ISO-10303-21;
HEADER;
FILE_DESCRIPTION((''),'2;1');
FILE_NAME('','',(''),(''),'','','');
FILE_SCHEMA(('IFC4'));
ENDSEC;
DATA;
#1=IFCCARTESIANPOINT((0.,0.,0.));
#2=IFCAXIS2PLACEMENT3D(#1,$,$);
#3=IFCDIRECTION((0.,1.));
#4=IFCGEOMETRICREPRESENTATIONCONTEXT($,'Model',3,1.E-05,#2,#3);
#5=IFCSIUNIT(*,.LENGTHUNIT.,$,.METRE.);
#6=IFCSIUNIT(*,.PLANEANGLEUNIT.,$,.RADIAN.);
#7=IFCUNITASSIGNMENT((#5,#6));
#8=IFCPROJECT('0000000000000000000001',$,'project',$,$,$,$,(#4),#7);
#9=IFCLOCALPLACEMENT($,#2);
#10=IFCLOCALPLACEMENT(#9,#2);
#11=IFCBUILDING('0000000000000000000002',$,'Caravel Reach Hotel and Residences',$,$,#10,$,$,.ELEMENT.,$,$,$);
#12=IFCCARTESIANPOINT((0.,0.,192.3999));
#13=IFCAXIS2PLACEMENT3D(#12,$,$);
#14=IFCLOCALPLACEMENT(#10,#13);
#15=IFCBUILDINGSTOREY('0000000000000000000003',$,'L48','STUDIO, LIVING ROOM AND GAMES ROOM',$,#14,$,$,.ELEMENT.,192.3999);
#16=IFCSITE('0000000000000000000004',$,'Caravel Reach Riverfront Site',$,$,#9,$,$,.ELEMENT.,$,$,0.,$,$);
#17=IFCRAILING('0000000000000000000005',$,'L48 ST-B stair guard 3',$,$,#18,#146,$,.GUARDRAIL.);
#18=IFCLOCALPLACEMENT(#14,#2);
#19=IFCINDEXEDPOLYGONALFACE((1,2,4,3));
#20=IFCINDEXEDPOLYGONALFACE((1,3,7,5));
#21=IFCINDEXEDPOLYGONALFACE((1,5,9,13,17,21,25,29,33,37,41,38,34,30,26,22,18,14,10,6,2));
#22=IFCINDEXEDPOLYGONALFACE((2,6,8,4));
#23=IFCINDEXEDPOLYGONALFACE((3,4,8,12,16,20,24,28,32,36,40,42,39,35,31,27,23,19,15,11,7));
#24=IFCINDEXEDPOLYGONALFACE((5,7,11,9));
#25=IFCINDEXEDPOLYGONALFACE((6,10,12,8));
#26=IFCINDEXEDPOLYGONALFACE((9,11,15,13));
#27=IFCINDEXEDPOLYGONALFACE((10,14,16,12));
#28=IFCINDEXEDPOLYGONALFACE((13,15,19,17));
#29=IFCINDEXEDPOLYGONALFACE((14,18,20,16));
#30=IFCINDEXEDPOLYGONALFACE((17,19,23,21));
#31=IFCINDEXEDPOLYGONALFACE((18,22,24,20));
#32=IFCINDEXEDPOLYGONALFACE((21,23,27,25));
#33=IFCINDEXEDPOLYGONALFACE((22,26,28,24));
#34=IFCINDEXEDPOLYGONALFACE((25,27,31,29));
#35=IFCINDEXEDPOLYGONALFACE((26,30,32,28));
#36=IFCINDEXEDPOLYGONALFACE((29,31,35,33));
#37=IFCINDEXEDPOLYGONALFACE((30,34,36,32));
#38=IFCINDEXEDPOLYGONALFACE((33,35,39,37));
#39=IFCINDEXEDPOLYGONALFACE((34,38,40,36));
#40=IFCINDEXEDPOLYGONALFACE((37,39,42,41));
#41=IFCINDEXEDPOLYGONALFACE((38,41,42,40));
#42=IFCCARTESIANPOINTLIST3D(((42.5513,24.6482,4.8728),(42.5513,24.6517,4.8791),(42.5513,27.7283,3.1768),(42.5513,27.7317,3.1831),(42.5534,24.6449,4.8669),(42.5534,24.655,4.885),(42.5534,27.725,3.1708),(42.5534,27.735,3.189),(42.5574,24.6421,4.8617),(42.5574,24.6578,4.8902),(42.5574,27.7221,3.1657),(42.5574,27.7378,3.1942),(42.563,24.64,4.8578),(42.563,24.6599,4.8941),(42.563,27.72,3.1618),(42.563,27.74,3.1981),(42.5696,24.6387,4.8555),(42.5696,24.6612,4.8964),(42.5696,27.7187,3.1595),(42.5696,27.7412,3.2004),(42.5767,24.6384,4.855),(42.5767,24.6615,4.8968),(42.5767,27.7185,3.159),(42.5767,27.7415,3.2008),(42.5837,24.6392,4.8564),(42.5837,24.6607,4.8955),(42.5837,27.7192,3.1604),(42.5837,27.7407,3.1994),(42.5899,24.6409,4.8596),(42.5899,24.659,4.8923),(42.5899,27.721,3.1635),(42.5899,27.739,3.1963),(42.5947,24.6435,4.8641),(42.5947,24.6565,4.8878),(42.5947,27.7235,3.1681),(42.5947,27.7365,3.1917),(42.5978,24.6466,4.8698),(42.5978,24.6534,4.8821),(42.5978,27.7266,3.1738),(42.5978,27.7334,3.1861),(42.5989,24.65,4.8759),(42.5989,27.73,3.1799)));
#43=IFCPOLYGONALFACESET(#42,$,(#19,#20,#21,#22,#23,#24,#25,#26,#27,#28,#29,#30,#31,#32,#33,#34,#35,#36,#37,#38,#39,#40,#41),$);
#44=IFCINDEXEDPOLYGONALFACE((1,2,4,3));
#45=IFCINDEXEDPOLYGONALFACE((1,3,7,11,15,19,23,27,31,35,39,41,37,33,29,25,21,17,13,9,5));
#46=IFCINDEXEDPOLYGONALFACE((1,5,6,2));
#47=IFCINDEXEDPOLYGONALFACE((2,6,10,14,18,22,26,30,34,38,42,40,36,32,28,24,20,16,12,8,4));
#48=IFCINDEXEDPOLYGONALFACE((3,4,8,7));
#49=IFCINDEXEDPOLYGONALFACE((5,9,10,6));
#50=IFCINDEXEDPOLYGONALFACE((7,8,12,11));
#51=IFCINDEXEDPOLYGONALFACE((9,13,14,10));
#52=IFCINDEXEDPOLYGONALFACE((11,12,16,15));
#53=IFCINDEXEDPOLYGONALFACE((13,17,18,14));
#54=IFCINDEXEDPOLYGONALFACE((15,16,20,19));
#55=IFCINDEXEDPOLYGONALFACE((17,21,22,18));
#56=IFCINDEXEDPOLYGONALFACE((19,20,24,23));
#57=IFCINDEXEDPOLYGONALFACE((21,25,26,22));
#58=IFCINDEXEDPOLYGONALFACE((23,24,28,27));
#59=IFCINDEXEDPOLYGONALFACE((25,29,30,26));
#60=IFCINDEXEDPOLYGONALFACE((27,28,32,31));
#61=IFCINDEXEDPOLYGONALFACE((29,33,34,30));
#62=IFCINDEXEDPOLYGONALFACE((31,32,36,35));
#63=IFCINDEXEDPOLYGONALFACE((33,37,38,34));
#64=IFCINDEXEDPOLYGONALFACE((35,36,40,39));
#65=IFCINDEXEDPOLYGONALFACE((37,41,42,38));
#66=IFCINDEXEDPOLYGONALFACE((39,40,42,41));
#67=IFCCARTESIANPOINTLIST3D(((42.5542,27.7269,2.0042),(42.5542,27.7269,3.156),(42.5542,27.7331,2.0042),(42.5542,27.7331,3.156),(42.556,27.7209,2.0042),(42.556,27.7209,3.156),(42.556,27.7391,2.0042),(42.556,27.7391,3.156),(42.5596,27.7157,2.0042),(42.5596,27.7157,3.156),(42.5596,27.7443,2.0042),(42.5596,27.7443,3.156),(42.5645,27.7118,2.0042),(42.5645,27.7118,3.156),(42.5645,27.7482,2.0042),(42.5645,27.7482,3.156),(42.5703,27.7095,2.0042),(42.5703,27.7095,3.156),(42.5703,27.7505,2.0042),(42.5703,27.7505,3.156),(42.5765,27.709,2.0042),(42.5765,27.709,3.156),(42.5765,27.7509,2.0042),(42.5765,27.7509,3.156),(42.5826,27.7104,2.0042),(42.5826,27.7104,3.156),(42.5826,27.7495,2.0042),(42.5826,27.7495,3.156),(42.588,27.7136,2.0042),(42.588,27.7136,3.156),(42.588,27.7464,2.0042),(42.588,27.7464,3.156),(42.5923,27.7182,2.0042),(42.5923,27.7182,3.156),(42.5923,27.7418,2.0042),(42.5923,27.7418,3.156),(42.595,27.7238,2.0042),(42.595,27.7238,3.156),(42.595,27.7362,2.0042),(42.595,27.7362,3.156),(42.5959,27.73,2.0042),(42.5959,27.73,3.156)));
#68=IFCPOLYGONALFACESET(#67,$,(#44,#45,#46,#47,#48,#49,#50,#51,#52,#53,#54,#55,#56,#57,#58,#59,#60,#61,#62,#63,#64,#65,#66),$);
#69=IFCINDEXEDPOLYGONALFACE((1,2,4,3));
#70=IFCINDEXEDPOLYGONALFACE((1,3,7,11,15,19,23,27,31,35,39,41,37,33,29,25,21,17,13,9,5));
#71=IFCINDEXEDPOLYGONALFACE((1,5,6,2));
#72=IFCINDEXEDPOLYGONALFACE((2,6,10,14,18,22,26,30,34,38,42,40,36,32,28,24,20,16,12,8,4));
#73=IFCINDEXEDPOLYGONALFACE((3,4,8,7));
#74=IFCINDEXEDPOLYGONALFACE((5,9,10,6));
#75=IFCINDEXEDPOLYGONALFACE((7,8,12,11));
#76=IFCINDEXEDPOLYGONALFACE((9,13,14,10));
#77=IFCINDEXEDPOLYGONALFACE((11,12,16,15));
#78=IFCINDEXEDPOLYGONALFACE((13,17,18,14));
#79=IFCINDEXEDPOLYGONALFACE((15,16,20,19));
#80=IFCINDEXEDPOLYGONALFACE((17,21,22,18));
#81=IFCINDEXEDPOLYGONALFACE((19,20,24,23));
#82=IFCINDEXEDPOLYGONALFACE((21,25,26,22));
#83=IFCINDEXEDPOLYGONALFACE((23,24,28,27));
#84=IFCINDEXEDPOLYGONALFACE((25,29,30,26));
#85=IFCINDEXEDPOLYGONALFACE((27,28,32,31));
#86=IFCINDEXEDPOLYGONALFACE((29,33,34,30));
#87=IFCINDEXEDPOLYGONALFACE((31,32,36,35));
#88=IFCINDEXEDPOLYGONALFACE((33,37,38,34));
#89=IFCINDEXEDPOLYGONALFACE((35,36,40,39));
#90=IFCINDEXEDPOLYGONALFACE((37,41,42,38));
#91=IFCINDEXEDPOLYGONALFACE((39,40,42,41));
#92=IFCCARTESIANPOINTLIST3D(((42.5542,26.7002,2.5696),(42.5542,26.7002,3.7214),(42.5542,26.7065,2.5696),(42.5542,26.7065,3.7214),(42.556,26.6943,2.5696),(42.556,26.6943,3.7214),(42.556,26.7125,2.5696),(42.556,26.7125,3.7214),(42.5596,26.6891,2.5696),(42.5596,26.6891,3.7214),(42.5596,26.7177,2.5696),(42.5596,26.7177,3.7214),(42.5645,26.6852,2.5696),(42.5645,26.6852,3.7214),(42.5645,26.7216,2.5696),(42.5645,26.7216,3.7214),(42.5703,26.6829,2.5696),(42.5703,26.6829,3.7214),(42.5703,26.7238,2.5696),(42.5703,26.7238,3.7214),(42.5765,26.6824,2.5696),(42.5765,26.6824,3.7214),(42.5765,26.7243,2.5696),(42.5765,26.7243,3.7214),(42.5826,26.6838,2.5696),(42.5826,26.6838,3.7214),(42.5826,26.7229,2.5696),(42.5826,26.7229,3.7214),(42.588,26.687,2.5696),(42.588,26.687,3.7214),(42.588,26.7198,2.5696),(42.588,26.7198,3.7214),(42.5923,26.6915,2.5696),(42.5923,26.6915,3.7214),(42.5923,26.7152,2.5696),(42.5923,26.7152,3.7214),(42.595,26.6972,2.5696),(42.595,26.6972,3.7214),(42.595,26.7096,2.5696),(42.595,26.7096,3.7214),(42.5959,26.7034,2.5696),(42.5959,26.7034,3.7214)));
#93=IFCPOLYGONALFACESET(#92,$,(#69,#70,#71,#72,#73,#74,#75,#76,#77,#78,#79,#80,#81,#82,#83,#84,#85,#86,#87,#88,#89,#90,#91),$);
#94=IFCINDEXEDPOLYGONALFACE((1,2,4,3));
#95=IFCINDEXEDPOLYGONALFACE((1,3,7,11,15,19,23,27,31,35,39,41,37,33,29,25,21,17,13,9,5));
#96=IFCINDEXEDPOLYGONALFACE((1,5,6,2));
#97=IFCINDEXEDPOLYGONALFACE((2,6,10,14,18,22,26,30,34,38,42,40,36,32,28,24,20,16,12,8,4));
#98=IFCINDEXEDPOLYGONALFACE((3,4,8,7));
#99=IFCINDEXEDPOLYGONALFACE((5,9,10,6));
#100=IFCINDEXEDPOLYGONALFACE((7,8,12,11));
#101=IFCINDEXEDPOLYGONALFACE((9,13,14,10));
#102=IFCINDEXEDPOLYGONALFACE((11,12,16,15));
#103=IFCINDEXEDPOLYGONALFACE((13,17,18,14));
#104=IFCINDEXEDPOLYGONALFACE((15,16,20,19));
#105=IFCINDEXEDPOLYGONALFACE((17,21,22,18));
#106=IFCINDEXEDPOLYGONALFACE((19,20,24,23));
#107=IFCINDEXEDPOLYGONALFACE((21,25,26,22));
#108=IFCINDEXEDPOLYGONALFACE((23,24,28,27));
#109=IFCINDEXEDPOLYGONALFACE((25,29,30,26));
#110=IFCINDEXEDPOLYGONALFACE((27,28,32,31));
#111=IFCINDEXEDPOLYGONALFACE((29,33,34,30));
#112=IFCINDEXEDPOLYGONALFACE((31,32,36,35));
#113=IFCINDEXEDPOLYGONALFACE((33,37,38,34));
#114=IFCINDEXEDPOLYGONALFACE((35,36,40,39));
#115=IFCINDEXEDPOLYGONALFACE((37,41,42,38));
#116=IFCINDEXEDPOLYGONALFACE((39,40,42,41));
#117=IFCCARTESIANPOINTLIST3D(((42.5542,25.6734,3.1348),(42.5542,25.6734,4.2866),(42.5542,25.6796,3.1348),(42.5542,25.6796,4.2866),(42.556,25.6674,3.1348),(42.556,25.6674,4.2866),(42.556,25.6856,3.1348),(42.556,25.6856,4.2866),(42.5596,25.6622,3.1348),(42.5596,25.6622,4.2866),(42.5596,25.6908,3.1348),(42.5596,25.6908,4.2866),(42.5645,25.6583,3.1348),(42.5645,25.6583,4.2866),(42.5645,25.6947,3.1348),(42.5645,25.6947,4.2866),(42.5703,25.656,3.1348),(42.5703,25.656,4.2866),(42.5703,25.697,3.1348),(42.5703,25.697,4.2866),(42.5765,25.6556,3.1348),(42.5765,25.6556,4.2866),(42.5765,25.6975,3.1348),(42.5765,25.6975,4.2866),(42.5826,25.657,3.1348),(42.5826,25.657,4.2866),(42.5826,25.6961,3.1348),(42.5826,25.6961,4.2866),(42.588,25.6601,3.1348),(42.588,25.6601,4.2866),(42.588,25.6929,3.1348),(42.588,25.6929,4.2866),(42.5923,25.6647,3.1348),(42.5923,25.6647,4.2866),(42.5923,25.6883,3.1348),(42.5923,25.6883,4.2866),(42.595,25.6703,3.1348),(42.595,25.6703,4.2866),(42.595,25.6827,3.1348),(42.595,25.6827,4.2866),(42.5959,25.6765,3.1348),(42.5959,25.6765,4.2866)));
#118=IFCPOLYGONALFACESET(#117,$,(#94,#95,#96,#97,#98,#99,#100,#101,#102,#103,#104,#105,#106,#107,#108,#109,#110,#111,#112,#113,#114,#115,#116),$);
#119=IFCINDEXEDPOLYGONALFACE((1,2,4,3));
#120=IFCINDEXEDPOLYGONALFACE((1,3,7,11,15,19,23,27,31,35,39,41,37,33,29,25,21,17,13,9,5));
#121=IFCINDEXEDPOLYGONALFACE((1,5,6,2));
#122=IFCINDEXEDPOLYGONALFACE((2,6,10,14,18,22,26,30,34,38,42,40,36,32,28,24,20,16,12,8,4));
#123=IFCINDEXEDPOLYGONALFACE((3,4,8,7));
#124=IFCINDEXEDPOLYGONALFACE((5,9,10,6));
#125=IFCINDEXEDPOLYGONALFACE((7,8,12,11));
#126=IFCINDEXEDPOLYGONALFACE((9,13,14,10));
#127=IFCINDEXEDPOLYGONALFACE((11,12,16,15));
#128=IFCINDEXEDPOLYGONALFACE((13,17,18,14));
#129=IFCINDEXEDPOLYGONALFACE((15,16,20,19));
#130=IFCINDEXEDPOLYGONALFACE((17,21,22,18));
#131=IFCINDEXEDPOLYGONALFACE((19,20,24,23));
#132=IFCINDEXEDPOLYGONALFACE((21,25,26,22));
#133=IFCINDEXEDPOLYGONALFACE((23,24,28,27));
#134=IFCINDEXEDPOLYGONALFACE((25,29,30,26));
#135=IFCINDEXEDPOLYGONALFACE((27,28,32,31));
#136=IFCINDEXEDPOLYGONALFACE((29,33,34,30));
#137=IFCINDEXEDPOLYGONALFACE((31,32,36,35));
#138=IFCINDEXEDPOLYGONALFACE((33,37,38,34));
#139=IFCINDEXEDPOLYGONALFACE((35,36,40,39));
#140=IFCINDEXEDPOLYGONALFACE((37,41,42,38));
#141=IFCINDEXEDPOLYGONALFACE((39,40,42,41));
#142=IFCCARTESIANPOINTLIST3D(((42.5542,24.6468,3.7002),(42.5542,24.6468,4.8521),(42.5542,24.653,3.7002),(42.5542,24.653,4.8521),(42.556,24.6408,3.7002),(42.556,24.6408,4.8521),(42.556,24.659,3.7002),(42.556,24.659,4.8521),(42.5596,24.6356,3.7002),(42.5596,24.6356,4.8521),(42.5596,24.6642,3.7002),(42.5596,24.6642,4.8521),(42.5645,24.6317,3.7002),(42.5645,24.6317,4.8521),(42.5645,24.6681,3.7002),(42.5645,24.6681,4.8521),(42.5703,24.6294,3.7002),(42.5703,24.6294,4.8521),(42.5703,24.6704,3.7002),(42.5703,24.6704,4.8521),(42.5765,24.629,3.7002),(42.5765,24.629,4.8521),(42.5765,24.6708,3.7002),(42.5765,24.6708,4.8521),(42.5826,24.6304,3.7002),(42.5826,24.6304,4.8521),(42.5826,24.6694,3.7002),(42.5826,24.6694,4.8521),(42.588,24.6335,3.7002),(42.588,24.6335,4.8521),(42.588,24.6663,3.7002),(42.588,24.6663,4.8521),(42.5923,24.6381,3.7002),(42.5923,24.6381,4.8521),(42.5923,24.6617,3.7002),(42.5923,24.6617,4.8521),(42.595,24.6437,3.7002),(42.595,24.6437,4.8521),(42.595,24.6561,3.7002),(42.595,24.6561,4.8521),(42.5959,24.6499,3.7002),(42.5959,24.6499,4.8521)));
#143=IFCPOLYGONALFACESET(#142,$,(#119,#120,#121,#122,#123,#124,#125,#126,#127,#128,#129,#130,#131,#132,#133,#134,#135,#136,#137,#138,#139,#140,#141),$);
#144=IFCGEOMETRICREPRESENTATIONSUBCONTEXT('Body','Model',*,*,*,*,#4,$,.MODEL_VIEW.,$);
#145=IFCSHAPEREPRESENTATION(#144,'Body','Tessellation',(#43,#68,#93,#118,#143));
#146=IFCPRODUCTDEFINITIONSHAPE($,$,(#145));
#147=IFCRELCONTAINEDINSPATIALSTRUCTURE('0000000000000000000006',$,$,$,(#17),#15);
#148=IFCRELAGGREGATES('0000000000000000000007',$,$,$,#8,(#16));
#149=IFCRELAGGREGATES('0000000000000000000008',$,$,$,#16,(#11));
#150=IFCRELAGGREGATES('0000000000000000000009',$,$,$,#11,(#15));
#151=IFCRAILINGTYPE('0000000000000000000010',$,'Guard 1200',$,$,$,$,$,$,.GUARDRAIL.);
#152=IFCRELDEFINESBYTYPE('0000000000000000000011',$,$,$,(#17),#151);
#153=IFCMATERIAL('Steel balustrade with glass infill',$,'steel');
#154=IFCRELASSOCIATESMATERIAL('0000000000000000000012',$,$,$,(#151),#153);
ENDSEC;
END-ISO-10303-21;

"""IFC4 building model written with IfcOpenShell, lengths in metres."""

from ifc_helpers import new_model, si_unit, direction, frame, origin, origin_2d, place, context, subcontext, project, spatial, circle, extrude, material, type_object, element, save


model = new_model("IFC4")

# Units and contexts
model_context = context("Model", 3, precision=1e-05, world=origin(), true_north=direction((0.0, 1.0)))
body_context = subcontext(model_context, "Body", "Model", "MODEL_VIEW")
ifc_project = project(units=[si_unit("LENGTHUNIT", "METRE"), si_unit("PLANEANGLEUNIT", "RADIAN")], contexts=[model_context])

# Site, building, storey
site_placement = place(None, origin())
site = spatial("IfcSite", under=ifc_project, at=site_placement, Name="Caravel Reach Riverfront Site", CompositionType="ELEMENT", RefElevation=0.0)
building_placement = place(site_placement, origin())
building = spatial("IfcBuilding", under=site, at=building_placement, Name="Caravel Reach Hotel and Residences", CompositionType="ELEMENT")
storey_placement = place(building_placement, frame((0.0, 0.0, 192.3999)))
storey = spatial("IfcBuildingStorey", under=building, at=storey_placement, Name="L48", Description="STUDIO, LIVING ROOM AND GAMES ROOM", CompositionType="ELEMENT", Elevation=192.3999)

# Railing
ifc_material_1 = material(Name="Steel balustrade with glass infill", Category="steel")
railing_type_1 = type_object("IfcRailingType", Name="Guard 1200", PredefinedType="GUARDRAIL", material=ifc_material_1)
railing_1_placement = place(storey_placement, frame((42.575, 27.73, 2.0042)))
element("IfcRailing", 1, at=railing_1_placement, inside=storey, type_object=railing_type_1, Name="L48 ST-B stair guard 3", PredefinedType="GUARDRAIL", context=body_context, shape_type="SweptSolid", body=[
    extrude(circle(Radius=0.0239, at=origin_2d()), frame((0.0, 0.0, 1.1758), z_axis=(0.0, -0.875975, 0.482356), x_axis=(1.0, 0.0, 0.0)), (0.0, 0.0, 1.0), 3.5161),
    extrude(circle(Radius=0.021, at=origin_2d()), origin(), (0.0, 0.0, 1.0), 1.1519),
    extrude(circle(Radius=0.021, at=origin_2d()), frame((0.0, -1.0266, 0.5654)), (0.0, 0.0, 1.0), 1.1519),
    extrude(circle(Radius=0.021, at=origin_2d()), frame((0.0, -2.0535, 1.1306)), (0.0, 0.0, 1.0), 1.1519),
    extrude(circle(Radius=0.021, at=origin_2d()), frame((0.0, -3.0801, 1.696)), (0.0, 0.0, 1.0), 1.1519),
])

save(model, "model.ifc")
